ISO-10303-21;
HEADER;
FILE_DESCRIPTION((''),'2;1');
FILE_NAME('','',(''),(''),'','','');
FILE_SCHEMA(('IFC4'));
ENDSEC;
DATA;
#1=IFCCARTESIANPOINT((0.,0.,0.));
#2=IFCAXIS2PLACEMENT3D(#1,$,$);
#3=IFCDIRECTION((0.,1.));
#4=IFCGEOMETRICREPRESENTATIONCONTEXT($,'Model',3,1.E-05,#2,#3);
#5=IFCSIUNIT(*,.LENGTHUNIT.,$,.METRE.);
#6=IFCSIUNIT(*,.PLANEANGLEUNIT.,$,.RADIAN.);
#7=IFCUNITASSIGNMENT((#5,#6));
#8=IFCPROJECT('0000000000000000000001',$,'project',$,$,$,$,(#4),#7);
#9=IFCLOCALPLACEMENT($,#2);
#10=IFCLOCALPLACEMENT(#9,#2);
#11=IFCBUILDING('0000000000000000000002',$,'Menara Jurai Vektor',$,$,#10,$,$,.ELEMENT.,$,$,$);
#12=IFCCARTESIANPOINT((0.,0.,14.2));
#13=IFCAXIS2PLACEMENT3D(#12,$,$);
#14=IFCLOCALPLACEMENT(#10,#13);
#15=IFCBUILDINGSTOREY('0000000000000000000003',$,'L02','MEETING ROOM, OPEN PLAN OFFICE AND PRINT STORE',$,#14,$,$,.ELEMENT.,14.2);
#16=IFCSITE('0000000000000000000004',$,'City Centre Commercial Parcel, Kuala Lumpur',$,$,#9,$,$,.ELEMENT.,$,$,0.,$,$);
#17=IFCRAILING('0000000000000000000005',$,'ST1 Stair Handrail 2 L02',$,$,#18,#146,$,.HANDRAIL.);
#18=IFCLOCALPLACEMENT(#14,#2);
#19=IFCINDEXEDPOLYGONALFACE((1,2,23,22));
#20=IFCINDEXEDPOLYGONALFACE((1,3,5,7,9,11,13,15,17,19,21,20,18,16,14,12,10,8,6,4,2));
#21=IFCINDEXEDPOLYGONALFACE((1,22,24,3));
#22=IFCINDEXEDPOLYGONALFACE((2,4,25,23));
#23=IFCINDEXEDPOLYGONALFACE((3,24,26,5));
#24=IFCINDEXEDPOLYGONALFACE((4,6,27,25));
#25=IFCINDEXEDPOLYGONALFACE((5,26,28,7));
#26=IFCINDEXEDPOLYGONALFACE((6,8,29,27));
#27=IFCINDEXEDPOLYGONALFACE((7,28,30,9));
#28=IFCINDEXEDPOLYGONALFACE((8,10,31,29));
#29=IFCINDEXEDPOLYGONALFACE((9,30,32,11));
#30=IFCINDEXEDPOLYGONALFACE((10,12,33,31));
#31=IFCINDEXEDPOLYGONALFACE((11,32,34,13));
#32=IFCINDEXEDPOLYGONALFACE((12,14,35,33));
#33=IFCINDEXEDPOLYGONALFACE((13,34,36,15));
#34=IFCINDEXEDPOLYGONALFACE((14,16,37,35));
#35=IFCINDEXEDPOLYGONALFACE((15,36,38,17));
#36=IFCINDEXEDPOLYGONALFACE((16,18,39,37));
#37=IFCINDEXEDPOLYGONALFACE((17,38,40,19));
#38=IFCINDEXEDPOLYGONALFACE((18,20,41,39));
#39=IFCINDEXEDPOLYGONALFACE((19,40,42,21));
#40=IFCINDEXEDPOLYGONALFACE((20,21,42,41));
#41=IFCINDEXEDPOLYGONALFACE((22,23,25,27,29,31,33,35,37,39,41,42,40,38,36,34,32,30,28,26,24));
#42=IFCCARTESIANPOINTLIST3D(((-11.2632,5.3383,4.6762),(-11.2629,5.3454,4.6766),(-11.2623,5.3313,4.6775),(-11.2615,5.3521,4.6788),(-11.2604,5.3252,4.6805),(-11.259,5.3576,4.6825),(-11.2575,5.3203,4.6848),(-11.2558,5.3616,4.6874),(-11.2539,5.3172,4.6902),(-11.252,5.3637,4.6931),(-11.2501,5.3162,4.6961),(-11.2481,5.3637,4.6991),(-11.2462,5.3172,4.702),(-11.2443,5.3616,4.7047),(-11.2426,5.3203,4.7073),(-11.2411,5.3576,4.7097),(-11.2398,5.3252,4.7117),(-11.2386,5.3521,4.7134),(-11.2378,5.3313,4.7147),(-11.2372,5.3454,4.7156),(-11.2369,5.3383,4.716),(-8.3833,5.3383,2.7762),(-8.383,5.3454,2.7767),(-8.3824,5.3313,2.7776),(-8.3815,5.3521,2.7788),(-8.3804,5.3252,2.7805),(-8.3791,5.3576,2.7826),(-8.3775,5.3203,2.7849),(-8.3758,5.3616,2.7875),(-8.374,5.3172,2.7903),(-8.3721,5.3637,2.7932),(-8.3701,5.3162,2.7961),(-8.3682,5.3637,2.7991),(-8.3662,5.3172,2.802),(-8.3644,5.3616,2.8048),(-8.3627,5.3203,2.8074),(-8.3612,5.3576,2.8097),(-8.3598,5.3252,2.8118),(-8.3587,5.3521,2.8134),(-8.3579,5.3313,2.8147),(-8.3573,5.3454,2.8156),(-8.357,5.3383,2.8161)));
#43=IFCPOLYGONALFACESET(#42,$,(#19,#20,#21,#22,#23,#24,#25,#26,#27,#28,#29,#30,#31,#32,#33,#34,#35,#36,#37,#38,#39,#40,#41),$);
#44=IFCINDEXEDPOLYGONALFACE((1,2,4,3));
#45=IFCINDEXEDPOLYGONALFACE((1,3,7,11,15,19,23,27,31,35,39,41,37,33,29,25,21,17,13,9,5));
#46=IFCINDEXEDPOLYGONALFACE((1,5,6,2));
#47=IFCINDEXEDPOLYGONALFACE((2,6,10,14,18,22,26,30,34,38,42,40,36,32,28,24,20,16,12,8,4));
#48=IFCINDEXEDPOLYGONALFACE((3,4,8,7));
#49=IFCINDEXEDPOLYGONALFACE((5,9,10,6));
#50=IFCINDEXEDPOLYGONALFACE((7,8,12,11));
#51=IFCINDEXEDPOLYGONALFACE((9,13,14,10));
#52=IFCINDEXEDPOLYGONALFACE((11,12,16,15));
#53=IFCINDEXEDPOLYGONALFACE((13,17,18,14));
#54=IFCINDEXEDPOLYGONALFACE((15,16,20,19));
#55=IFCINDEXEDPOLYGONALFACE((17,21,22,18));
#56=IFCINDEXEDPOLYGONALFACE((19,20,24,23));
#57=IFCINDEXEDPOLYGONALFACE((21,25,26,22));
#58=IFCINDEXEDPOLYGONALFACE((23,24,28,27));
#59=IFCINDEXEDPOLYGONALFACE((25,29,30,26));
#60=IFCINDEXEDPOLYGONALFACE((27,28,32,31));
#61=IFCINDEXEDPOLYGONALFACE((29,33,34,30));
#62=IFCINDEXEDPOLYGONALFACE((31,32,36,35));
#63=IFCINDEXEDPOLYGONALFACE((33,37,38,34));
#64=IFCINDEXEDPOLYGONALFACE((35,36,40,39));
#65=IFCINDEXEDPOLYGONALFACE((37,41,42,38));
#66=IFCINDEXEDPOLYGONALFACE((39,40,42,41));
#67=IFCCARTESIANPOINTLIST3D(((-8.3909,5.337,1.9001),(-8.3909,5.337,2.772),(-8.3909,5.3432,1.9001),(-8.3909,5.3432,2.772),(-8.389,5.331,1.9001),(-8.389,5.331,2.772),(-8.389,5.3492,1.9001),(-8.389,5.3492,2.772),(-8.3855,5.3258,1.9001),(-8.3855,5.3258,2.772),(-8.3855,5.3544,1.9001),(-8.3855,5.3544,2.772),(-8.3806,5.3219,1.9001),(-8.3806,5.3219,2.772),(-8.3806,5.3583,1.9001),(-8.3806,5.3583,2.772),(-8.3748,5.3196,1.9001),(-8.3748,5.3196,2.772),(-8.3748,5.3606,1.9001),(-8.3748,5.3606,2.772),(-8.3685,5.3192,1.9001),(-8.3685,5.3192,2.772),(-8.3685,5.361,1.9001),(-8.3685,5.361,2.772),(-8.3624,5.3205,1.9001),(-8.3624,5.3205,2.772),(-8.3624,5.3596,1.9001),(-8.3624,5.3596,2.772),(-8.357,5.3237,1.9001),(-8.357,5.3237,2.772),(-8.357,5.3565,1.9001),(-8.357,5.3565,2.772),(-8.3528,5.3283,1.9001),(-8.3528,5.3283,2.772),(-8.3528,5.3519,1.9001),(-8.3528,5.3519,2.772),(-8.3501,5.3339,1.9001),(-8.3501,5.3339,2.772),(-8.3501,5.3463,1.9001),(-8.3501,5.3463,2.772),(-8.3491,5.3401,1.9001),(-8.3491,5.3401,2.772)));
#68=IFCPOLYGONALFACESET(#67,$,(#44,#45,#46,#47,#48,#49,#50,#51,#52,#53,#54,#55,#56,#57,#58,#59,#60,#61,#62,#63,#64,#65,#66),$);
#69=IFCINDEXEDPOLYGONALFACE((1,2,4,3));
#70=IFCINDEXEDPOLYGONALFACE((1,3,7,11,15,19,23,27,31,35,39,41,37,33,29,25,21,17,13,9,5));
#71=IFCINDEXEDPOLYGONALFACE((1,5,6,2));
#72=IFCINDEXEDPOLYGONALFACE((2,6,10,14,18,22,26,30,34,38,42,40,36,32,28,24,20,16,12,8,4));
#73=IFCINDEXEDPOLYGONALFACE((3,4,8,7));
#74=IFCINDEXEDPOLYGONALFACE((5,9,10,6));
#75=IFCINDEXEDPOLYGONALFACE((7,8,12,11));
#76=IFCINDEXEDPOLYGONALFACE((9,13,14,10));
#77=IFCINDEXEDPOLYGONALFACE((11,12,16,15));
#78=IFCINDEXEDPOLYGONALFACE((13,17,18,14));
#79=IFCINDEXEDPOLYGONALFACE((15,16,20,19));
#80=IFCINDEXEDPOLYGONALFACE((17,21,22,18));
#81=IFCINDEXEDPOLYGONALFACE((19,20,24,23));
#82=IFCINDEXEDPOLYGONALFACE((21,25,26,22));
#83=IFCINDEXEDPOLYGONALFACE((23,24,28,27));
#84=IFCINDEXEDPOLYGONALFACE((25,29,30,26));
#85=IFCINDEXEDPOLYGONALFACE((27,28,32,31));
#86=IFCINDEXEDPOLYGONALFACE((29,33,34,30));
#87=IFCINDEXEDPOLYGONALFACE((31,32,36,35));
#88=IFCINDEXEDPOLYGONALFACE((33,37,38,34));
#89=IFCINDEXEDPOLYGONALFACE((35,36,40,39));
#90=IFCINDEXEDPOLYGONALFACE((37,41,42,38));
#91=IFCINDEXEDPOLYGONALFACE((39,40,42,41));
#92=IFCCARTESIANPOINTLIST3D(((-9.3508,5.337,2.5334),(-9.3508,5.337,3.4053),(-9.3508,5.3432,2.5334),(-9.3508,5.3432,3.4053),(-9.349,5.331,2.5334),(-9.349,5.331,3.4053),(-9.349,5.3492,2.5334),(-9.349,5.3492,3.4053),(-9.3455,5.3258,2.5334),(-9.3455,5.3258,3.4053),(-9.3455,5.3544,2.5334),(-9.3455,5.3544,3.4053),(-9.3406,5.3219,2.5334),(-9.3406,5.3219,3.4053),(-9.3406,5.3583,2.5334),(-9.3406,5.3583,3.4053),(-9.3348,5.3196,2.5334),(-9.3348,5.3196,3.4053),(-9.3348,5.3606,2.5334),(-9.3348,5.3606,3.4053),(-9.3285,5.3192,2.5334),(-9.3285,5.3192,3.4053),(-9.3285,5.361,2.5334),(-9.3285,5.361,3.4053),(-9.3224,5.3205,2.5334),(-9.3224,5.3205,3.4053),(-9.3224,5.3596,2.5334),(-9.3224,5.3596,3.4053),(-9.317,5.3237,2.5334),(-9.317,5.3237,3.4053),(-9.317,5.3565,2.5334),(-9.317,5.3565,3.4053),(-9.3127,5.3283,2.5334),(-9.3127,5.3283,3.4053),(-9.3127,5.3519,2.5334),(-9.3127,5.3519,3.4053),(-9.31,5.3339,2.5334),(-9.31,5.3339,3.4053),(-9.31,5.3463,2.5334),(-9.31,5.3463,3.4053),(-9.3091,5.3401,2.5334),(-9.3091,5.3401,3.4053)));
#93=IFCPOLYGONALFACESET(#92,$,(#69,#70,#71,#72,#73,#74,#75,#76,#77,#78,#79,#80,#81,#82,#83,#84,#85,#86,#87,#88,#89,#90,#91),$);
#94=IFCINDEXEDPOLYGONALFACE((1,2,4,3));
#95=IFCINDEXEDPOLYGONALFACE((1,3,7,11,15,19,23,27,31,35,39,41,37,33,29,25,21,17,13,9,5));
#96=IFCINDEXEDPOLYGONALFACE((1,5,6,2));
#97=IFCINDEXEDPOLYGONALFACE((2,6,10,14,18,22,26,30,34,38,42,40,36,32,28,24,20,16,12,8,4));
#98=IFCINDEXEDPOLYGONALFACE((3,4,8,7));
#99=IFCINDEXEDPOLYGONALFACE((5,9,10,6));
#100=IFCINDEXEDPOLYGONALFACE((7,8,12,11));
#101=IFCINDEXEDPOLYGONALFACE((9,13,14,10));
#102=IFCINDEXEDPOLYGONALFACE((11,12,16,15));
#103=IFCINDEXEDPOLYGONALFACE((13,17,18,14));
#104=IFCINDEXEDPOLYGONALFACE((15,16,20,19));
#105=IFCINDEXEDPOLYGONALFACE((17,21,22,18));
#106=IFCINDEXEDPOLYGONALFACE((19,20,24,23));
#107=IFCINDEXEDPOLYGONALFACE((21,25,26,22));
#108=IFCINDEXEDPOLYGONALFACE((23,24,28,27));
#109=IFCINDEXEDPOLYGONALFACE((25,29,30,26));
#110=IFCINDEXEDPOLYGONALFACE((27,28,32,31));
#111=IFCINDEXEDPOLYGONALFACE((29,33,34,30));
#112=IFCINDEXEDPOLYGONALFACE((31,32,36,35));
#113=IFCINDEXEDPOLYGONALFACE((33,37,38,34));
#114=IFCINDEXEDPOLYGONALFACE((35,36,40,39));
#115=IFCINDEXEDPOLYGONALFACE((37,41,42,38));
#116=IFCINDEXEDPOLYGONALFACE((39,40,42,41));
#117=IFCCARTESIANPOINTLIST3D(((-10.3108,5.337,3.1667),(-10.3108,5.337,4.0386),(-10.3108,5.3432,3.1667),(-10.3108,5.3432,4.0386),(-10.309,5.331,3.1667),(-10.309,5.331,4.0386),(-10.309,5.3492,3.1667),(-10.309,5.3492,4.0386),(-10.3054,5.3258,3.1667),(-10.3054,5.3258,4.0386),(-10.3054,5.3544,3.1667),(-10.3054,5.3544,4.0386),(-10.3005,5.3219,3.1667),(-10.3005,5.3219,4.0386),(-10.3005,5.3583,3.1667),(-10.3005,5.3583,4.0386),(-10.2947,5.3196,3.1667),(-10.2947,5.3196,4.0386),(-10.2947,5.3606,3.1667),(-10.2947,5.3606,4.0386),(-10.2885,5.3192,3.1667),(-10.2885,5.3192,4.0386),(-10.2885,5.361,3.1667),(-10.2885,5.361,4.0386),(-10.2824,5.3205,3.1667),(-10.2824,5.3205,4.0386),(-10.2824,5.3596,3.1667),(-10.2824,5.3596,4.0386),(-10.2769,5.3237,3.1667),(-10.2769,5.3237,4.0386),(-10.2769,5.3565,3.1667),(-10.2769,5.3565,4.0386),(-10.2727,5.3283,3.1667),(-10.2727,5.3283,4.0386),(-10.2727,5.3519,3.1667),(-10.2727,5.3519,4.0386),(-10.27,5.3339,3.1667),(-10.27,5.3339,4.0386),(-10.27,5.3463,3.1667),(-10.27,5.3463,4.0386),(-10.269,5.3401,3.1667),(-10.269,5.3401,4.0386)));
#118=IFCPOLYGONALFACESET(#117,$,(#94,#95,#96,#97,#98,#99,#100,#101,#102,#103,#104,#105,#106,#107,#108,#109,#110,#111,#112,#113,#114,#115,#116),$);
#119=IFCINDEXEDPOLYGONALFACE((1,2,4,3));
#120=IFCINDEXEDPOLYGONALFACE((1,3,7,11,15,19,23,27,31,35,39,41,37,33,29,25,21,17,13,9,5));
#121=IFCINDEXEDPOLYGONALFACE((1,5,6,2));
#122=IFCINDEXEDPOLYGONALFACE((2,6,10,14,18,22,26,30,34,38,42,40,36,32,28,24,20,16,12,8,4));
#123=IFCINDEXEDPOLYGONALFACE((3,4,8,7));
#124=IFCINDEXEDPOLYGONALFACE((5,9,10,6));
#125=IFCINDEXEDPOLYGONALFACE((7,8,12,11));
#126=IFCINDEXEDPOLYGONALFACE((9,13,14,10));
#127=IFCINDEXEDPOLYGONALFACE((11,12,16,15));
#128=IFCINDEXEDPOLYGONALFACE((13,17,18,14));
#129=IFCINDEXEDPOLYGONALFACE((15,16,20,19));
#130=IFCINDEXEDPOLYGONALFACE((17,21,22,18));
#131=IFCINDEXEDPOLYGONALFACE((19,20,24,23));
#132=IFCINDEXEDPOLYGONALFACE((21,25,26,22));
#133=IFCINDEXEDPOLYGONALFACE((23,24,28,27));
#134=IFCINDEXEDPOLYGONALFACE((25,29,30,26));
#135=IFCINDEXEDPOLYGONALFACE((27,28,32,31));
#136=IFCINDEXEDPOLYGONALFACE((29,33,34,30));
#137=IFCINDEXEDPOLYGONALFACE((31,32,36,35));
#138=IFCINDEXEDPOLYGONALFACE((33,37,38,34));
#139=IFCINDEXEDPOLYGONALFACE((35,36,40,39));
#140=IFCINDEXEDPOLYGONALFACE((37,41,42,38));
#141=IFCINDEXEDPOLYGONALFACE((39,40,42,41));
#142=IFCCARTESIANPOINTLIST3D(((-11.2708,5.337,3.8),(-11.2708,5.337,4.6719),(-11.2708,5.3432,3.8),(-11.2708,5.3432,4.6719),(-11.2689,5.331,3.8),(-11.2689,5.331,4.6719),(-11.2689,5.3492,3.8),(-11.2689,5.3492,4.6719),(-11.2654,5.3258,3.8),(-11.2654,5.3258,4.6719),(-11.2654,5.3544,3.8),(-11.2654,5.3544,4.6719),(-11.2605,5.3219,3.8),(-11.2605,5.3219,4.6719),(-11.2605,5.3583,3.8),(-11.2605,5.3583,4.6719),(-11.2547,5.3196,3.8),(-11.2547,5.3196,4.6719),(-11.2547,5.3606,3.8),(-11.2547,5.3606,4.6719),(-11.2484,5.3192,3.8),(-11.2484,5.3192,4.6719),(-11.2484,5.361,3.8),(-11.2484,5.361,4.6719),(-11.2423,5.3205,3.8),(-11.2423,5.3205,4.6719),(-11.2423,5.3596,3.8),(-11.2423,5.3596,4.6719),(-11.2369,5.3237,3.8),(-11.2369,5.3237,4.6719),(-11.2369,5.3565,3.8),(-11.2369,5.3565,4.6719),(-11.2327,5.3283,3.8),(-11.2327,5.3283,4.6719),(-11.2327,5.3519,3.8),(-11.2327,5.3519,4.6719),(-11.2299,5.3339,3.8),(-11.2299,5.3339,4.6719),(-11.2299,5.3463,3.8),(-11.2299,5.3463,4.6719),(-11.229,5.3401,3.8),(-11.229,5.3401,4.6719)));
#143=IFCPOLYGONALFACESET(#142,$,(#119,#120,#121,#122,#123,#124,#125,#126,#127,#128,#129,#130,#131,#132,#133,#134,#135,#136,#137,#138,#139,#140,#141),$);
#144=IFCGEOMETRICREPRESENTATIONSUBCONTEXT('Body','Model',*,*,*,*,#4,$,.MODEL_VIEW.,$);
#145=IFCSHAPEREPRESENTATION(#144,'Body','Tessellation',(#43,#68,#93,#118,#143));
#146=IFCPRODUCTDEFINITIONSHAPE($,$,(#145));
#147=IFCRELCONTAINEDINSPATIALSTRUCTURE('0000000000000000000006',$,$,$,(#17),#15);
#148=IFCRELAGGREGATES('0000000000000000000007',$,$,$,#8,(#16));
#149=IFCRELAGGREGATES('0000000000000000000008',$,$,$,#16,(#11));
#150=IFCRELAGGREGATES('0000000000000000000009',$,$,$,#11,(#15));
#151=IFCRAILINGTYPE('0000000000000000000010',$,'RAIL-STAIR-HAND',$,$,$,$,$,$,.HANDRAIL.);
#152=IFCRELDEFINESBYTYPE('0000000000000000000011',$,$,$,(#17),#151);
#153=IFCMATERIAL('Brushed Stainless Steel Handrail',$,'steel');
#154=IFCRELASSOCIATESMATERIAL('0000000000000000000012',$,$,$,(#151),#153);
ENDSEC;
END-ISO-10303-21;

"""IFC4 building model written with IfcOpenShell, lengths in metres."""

from ifc_helpers import new_model, si_unit, direction, frame, origin, origin_2d, place, context, subcontext, project, spatial, circle, extrude, material, type_object, element, save


model = new_model("IFC4")

# Units and contexts
model_context = context("Model", 3, precision=1e-05, world=origin(), true_north=direction((0.0, 1.0)))
body_context = subcontext(model_context, "Body", "Model", "MODEL_VIEW")
ifc_project = project(units=[si_unit("LENGTHUNIT", "METRE"), si_unit("PLANEANGLEUNIT", "RADIAN")], contexts=[model_context])

# Site, building, storey
site_placement = place(None, origin())
site = spatial("IfcSite", under=ifc_project, at=site_placement, Name="City Centre Commercial Parcel, Kuala Lumpur", CompositionType="ELEMENT", RefElevation=0.0)
building_placement = place(site_placement, origin())
building = spatial("IfcBuilding", under=site, at=building_placement, Name="Menara Jurai Vektor", CompositionType="ELEMENT")
storey_placement = place(building_placement, frame((0.0, 0.0, 14.2)))
storey = spatial("IfcBuildingStorey", under=building, at=storey_placement, Name="L02", Description="MEETING ROOM, OPEN PLAN OFFICE AND PRINT STORE", CompositionType="ELEMENT", Elevation=14.2)

# Railing
ifc_material_1 = material(Name="Brushed Stainless Steel Handrail", Category="steel")
railing_type_1 = type_object("IfcRailingType", Name="RAIL-STAIR-HAND", PredefinedType="HANDRAIL", material=ifc_material_1)
railing_1_placement = place(storey_placement, frame((-8.3701, 5.3401, 1.9001)))
element("IfcRailing", 1, at=railing_1_placement, inside=storey, type_object=railing_type_1, Name="ST1 Stair Handrail 2 L02", PredefinedType="HANDRAIL", context=body_context, shape_type="SweptSolid", body=[
    extrude(circle(Radius=0.0239, at=origin_2d()), frame((0.0, 0.0, 0.896), z_axis=(-0.834719, 0.0, 0.550677), x_axis=(0.0, -1.0, 0.0)), (0.0, 0.0, 1.0), 3.4502),
    extrude(circle(Radius=0.021, at=origin_2d()), origin(), (0.0, 0.0, 1.0), 0.8718),
    extrude(circle(Radius=0.021, at=origin_2d()), frame((-0.96, 0.0, 0.6333)), (0.0, 0.0, 1.0), 0.8718),
    extrude(circle(Radius=0.021, at=origin_2d()), frame((-1.9199, 0.0, 1.2666)), (0.0, 0.0, 1.0), 0.8718),
    extrude(circle(Radius=0.021, at=origin_2d()), frame((-2.8799, 0.0, 1.8999)), (0.0, 0.0, 1.0), 0.8718),
])

save(model, "model.ifc")
